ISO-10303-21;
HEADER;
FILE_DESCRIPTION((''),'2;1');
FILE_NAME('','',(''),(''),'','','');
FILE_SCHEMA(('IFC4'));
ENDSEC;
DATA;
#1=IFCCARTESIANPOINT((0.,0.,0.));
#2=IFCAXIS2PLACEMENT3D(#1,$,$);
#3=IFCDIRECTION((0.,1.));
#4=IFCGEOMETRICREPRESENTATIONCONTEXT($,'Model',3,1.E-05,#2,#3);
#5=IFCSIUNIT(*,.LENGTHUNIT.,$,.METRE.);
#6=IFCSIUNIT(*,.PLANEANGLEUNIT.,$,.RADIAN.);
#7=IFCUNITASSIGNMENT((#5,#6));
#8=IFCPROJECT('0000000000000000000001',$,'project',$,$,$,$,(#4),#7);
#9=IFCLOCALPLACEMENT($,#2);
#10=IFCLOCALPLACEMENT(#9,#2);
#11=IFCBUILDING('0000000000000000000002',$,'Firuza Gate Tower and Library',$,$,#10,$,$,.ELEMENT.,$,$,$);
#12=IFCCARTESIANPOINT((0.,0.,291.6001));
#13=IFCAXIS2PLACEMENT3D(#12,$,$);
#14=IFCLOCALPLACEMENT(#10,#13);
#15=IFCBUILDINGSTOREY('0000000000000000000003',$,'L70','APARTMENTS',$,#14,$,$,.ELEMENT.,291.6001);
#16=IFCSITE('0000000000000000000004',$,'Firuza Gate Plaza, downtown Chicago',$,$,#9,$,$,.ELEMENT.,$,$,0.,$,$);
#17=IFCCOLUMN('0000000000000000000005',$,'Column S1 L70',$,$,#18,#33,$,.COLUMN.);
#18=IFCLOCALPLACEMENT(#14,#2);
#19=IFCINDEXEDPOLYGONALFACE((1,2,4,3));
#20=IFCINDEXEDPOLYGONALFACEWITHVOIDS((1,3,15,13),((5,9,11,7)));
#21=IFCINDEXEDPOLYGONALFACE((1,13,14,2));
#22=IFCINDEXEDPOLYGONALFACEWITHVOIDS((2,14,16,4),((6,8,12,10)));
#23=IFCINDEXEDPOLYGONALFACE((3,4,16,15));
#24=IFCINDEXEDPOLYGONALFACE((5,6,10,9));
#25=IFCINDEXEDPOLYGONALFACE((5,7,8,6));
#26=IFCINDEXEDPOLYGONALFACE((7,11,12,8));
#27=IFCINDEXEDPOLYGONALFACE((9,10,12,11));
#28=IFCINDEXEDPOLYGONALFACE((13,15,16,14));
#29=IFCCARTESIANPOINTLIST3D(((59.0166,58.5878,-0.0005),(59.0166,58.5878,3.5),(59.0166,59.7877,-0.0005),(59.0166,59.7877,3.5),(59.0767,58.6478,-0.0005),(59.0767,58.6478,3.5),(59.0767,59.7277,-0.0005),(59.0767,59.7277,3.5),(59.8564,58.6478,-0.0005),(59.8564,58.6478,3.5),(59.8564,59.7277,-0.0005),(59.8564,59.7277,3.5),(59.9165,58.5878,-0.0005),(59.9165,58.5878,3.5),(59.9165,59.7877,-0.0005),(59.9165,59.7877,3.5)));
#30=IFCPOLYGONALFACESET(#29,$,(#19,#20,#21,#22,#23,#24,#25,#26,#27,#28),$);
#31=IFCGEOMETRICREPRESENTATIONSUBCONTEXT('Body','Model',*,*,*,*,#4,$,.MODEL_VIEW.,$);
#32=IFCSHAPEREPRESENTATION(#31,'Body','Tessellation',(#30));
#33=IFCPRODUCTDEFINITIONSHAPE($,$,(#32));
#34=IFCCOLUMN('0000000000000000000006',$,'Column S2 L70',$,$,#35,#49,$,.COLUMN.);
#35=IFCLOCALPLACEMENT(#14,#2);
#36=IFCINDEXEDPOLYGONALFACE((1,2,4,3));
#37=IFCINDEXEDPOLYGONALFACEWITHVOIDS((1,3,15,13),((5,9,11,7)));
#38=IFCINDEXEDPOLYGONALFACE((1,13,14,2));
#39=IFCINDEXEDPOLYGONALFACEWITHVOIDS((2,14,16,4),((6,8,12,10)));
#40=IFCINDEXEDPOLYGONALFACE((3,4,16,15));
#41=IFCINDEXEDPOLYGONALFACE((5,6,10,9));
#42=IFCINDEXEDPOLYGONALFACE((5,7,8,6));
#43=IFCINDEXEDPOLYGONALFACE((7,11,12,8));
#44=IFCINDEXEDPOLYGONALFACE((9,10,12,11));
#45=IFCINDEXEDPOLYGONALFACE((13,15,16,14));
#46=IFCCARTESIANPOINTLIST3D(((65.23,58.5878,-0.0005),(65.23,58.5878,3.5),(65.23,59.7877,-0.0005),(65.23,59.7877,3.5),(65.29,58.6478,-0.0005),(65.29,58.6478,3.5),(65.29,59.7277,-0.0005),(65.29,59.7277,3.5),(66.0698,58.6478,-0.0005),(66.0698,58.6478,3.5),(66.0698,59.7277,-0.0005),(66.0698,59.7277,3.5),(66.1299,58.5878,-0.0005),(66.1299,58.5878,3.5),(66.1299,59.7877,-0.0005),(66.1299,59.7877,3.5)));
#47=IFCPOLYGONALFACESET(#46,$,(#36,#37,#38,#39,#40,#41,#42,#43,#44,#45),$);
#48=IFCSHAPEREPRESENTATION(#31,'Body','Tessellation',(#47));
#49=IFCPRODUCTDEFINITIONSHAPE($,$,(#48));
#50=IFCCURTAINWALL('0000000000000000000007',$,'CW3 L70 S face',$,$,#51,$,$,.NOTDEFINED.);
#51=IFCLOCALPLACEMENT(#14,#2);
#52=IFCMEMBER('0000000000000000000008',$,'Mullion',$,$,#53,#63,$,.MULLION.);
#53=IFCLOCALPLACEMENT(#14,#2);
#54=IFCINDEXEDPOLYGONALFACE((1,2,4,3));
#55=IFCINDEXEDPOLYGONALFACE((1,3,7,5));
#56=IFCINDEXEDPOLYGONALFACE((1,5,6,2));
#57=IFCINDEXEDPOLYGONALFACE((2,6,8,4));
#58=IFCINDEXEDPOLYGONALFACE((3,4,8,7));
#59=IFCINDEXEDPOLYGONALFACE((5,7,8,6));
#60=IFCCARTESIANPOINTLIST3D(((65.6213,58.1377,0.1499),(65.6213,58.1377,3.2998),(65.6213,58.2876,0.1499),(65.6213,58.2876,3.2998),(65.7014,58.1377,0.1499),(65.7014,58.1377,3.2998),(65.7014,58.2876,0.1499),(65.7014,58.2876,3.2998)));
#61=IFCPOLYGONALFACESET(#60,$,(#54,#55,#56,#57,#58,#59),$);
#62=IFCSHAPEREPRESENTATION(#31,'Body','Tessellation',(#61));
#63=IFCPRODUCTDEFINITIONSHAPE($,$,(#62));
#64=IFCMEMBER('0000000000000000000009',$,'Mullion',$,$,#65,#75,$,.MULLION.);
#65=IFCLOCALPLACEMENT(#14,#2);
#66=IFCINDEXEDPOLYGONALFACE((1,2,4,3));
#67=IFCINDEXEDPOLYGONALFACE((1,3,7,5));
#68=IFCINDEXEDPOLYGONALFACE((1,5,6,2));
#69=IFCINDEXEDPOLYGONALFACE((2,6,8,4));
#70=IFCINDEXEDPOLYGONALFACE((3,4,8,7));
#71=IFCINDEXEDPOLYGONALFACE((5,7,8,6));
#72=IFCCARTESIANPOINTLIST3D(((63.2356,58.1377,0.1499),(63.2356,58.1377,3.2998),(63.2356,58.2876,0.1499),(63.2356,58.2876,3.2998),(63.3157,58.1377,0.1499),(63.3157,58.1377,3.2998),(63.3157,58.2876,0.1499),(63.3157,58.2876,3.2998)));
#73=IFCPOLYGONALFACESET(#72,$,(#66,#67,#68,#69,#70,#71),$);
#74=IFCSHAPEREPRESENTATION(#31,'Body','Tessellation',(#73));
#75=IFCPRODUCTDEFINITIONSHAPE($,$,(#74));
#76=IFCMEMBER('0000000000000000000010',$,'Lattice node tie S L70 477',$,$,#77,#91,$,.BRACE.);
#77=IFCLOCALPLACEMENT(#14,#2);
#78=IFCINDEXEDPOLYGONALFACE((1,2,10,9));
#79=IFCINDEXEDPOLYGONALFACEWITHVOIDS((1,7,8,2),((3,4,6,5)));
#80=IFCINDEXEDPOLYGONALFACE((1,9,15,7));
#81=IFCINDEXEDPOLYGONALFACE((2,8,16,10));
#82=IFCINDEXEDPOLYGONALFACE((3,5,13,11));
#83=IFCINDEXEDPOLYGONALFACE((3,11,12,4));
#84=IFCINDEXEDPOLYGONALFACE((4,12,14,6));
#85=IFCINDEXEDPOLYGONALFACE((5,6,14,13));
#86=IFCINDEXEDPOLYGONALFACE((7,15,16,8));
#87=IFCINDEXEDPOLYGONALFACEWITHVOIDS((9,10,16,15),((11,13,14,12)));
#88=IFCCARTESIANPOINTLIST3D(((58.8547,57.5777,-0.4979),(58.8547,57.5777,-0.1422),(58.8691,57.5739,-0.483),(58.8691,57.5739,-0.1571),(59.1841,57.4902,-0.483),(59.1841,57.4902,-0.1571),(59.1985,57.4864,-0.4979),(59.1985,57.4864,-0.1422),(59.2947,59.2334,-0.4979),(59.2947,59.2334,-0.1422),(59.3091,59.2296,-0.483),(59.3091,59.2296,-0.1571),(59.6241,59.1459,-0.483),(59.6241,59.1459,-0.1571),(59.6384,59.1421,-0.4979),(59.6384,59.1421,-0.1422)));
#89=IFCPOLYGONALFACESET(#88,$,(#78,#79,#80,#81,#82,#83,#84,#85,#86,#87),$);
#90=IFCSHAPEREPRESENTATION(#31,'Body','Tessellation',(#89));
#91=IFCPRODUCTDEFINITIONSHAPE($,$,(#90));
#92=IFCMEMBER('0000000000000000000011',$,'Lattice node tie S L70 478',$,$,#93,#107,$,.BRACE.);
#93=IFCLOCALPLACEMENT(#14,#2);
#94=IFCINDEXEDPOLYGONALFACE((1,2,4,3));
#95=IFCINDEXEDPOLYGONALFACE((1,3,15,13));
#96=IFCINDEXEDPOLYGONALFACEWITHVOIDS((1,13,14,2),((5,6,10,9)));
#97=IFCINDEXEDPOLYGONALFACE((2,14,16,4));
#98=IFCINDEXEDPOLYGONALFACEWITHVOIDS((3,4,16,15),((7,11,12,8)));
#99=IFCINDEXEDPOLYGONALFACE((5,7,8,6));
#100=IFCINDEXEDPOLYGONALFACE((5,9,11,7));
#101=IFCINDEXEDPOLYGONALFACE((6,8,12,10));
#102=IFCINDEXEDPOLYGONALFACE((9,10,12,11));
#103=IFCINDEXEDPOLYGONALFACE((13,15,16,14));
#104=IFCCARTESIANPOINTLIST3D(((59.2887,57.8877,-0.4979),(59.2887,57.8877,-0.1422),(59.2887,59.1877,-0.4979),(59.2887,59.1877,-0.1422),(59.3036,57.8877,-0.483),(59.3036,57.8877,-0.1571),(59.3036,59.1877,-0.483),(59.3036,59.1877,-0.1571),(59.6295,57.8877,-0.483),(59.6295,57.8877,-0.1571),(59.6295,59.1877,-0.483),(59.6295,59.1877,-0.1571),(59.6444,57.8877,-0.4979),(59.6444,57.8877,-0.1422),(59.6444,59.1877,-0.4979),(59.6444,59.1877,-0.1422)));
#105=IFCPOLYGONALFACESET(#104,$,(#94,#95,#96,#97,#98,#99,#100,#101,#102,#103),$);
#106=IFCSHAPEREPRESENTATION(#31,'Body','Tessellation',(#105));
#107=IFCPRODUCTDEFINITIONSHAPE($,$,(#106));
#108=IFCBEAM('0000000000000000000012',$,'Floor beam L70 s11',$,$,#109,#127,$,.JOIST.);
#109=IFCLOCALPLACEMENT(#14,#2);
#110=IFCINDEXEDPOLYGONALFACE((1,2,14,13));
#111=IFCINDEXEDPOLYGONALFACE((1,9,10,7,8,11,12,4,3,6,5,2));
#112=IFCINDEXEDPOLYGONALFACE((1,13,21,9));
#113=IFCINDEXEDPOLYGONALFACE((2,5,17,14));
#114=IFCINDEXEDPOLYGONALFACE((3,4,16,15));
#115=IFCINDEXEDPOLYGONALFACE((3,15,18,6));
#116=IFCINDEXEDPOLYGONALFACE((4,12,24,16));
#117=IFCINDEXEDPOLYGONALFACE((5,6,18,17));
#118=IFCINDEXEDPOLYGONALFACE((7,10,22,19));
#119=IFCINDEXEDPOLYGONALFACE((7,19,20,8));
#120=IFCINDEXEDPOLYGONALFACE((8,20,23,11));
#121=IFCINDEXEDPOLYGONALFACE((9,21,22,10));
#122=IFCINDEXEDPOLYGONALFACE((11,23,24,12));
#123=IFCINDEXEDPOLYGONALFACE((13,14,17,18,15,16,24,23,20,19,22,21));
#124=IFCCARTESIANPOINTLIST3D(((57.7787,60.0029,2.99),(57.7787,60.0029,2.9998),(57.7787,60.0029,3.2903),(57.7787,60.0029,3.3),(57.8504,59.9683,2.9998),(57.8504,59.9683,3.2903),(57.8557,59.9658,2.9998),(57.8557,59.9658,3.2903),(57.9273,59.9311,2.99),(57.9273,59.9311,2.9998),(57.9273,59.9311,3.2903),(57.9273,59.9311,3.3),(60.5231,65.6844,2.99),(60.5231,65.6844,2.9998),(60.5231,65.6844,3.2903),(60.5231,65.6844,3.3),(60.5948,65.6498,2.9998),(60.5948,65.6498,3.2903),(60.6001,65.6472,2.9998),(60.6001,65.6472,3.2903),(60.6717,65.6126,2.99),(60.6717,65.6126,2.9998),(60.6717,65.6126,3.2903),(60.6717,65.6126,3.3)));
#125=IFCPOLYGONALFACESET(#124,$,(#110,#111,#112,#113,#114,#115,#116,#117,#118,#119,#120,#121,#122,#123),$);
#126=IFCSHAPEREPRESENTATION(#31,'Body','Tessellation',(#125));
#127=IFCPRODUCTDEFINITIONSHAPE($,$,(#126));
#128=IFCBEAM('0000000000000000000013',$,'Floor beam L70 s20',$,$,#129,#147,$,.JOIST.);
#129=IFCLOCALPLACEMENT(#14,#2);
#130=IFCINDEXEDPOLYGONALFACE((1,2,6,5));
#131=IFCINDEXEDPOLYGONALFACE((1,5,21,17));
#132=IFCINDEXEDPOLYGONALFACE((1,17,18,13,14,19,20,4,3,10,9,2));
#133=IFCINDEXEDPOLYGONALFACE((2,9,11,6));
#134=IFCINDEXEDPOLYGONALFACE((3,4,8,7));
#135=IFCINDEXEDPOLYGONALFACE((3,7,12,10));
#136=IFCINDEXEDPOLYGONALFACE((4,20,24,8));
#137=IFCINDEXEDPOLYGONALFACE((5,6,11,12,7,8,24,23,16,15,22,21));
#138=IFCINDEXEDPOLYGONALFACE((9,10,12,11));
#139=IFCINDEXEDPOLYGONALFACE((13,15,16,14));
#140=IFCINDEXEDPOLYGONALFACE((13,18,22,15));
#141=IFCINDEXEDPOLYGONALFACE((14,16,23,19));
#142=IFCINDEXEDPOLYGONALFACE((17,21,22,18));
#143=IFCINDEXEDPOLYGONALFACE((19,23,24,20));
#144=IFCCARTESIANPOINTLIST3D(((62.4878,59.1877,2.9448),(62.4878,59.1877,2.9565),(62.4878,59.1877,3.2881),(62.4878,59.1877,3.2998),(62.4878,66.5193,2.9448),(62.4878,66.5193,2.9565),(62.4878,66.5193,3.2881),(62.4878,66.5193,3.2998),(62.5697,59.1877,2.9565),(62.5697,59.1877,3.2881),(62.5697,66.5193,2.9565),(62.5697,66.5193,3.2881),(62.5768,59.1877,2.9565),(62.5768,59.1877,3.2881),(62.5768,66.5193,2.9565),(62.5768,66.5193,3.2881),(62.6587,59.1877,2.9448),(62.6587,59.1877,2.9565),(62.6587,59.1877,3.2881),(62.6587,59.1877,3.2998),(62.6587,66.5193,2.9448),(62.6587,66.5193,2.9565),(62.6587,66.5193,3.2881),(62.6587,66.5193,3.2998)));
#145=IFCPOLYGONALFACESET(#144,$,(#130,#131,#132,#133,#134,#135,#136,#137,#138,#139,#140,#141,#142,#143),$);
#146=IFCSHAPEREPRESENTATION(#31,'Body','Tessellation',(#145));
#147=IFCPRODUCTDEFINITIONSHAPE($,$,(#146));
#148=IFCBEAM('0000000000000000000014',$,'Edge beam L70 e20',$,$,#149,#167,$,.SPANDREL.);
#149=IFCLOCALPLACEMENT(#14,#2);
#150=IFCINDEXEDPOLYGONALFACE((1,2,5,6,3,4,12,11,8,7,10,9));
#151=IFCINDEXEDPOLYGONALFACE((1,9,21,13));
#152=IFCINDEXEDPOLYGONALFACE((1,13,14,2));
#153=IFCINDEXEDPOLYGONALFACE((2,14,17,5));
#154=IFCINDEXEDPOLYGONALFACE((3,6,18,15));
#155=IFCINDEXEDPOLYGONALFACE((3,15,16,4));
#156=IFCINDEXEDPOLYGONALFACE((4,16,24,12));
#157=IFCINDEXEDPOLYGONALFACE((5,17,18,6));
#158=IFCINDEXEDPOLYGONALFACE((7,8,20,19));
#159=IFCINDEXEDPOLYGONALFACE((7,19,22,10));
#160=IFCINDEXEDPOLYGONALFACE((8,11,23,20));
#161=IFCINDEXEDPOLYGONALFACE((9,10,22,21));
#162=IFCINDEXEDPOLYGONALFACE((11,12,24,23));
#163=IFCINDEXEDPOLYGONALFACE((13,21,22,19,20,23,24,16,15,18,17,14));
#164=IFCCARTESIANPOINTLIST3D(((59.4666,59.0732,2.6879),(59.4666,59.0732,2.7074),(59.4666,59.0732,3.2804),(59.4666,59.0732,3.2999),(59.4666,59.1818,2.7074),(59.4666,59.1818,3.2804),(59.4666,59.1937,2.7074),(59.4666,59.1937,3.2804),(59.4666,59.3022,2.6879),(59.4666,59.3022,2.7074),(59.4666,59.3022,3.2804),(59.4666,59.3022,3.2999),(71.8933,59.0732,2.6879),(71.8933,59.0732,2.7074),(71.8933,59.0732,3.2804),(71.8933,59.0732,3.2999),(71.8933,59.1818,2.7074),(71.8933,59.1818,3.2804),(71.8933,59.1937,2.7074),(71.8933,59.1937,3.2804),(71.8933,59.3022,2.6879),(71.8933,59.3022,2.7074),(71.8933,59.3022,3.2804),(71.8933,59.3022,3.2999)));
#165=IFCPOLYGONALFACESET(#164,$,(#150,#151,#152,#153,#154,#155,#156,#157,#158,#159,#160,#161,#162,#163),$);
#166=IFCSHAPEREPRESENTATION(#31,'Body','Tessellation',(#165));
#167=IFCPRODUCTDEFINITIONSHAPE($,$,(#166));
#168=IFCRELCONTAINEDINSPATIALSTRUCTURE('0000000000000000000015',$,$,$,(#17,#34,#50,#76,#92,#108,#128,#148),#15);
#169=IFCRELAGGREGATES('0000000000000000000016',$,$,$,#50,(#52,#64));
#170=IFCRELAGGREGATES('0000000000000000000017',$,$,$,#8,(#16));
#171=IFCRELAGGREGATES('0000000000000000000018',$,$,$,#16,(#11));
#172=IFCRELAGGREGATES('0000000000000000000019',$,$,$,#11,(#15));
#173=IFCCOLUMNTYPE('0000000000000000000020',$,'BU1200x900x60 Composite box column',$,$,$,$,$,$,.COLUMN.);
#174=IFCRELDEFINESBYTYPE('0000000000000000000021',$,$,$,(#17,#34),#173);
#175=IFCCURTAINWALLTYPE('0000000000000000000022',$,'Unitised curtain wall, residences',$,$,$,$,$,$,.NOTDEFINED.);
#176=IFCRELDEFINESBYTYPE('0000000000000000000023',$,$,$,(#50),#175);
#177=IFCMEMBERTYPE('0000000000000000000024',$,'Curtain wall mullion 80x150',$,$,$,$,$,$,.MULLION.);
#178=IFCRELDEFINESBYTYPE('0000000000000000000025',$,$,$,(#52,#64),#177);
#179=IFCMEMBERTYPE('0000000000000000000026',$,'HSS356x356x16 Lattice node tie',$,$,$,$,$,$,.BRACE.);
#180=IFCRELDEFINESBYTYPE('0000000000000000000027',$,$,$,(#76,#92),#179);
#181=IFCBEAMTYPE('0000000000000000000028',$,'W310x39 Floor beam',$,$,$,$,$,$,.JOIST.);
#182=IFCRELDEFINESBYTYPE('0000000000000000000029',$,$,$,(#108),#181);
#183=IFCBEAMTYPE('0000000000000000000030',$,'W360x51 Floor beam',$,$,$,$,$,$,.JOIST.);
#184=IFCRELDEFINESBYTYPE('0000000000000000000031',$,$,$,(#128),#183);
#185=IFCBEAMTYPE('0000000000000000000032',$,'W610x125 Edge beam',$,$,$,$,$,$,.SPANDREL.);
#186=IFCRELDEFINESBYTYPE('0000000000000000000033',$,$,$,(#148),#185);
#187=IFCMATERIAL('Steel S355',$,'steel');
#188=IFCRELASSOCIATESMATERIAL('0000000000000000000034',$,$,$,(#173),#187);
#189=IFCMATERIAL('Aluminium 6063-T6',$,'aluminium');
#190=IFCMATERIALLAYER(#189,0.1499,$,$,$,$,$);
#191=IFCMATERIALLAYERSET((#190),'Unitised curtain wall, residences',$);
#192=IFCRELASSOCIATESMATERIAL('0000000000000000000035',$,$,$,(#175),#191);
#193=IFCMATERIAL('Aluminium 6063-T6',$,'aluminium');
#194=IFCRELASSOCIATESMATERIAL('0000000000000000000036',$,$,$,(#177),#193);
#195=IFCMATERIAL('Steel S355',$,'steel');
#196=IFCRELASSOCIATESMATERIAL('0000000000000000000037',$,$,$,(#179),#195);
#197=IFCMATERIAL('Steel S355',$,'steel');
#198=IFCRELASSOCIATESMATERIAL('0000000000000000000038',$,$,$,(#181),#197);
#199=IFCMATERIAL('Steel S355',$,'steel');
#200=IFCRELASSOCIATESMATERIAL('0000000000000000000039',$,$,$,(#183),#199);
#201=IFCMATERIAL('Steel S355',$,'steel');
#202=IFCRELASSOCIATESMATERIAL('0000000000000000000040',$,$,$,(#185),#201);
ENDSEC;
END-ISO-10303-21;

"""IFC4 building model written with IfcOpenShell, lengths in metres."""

from ifc_helpers import new_model, si_unit, direction, frame, origin, origin_2d, place, context, subcontext, project, spatial, rectangle, hollow_rectangle, i_section, extrude, material, layer, layer_set, material_profile, profile_set, type_object, element, aggregate, save


model = new_model("IFC4")

# Units and contexts
model_context = context("Model", 3, precision=1e-05, world=origin(), true_north=direction((0.0, 1.0)))
body_context = subcontext(model_context, "Body", "Model", "MODEL_VIEW")
ifc_project = project(units=[si_unit("LENGTHUNIT", "METRE"), si_unit("PLANEANGLEUNIT", "RADIAN")], contexts=[model_context])

# Site, building, storey
site_placement = place(None, origin())
site = spatial("IfcSite", under=ifc_project, at=site_placement, Name="Firuza Gate Plaza, downtown Chicago", CompositionType="ELEMENT", RefElevation=0.0)
building_placement = place(site_placement, origin())
building = spatial("IfcBuilding", under=site, at=building_placement, Name="Firuza Gate Tower and Library", CompositionType="ELEMENT")
storey_placement = place(building_placement, frame((0.0, 0.0, 291.6001)))
storey = spatial("IfcBuildingStorey", under=building, at=storey_placement, Name="L70", Description="APARTMENTS", CompositionType="ELEMENT", Elevation=291.6001)

# Columns
ifc_material_1 = material(Name="Steel S355", Category="steel")
ifc_material_profile_1 = material_profile(ifc_material_1, hollow_rectangle(XDim=0.8999, YDim=1.2, WallThickness=0.0601, at=origin_2d()))
ifc_profile_set_1 = profile_set([ifc_material_profile_1], Name="Steel S355")
column_type = type_object("IfcColumnType", Name="BU1200x900x60 Composite box column", PredefinedType="COLUMN", material=ifc_profile_set_1)
for number, where, z_axis, x_axis, name in (
    (1, (59.4666, 59.1877, -0.0005), (0.0, 0.0, 1.0), (1.0, 0.0, 0.0), "Column S1 L70"),
    (2, (65.6799, 59.1877, -0.0005), (0.0, 0.0, 1.0), (1.0, 0.0, 0.0), "Column S2 L70"),
):
    element("IfcColumn", number, at=place(storey_placement, frame(where, z_axis=z_axis, x_axis=x_axis)), inside=storey, type_object=column_type, Name=name, PredefinedType="COLUMN", context=body_context, shape_type="SweptSolid", body=[
        extrude(hollow_rectangle(XDim=0.8999, YDim=1.2, WallThickness=0.0601, at=origin_2d()), origin(), (0.0, 0.0, 1.0), 3.5005),
    ])

# Curtain wall, members
ifc_material_2 = material(Name="Aluminium 6063-T6", Category="aluminium")
ifc_layer = layer(ifc_material_2, 0.1499)
ifc_layer_set = layer_set([ifc_layer], Name="Unitised curtain wall, residences")
curtain_wall_type = type_object("IfcCurtainWallType", Name="Unitised curtain wall, residences", PredefinedType="NOTDEFINED", material=ifc_layer_set)
curtain_wall_placement = place(storey_placement, origin())
curtain_wall = element("IfcCurtainWall", 3, at=curtain_wall_placement, inside=storey, type_object=curtain_wall_type, Name="CW3 L70 S face", PredefinedType="NOTDEFINED")
ifc_material_3 = material(Name="Aluminium 6063-T6", Category="aluminium")
ifc_material_profile_2 = material_profile(ifc_material_3, rectangle(XDim=0.1499, YDim=0.0801, at=origin_2d()))
ifc_profile_set_2 = profile_set([ifc_material_profile_2], Name="Aluminium 6063-T6")
member_type_1 = type_object("IfcMemberType", Name="Curtain wall mullion 80x150", PredefinedType="MULLION", material=ifc_profile_set_2)
member_1_placement = place(storey_placement, frame((65.6614, 58.2126, 0.1499), z_axis=(0.0, 0.0, 1.0), x_axis=(0.0, 1.0, 0.0)))
member_1 = element("IfcMember", 4, at=member_1_placement, type_object=member_type_1, Name="Mullion", PredefinedType="MULLION", context=body_context, shape_type="SweptSolid", body=[
    extrude(rectangle(XDim=0.1499, YDim=0.0801, at=origin_2d()), origin(), (0.0, 0.0, 1.0), 3.1499),
])
member_2_placement = place(storey_placement, frame((63.2756, 58.2126, 0.1499), z_axis=(0.0, 0.0, 1.0), x_axis=(0.0, 1.0, 0.0)))
member_2 = element("IfcMember", 5, at=member_2_placement, type_object=member_type_1, Name="Mullion", PredefinedType="MULLION", context=body_context, shape_type="SweptSolid", body=[
    extrude(rectangle(XDim=0.1499, YDim=0.0801, at=origin_2d()), origin(), (0.0, 0.0, 1.0), 3.1499),
])
aggregate(curtain_wall, [member_1, member_2])

# Members
ifc_material_4 = material(Name="Steel S355", Category="steel")
ifc_material_profile_3 = material_profile(ifc_material_4, hollow_rectangle(XDim=0.3557, YDim=0.3557, WallThickness=0.0149, at=origin_2d()))
ifc_profile_set_3 = profile_set([ifc_material_profile_3], Name="Steel S355")
member_type_2 = type_object("IfcMemberType", Name="HSS356x356x16 Lattice node tie", PredefinedType="BRACE", material=ifc_profile_set_3)
member_3_placement = place(storey_placement, frame((59.4666, 59.1877, -0.3201), z_axis=(-0.256793, -0.966466, 0.0), x_axis=(0.966466, -0.256793, 0.0)))
element("IfcMember", 6, at=member_3_placement, inside=storey, type_object=member_type_2, Name="Lattice node tie S L70 477", PredefinedType="BRACE", context=body_context, shape_type="SweptSolid", body=[
    extrude(hollow_rectangle(XDim=0.3557, YDim=0.3557, WallThickness=0.0149, at=origin_2d()), origin(), (0.0, 0.0, 1.0), 1.7131),
])
member_4_placement = place(storey_placement, frame((59.4666, 59.1877, -0.3201), z_axis=(0.0, -1.0, 0.0), x_axis=(1.0, 0.0, 0.0)))
element("IfcMember", 7, at=member_4_placement, inside=storey, type_object=member_type_2, Name="Lattice node tie S L70 478", PredefinedType="BRACE", context=body_context, shape_type="SweptSolid", body=[
    extrude(hollow_rectangle(XDim=0.3557, YDim=0.3557, WallThickness=0.0149, at=origin_2d()), origin(), (0.0, 0.0, 1.0), 1.3),
])

# Beams
ifc_material_5 = material(Name="Steel S355", Category="steel")
ifc_material_profile_4 = material_profile(ifc_material_5, i_section(OverallWidth=0.165, OverallDepth=0.3101, WebThickness=0.0059, FlangeThickness=0.0098, at=origin_2d()))
ifc_profile_set_4 = profile_set([ifc_material_profile_4], Name="Steel S355")
beam_type_1 = type_object("IfcBeamType", Name="W310x39 Floor beam", PredefinedType="JOIST", material=ifc_profile_set_4)
beam_1_placement = place(storey_placement, frame((57.853, 59.967, 3.145), z_axis=(0.43496, 0.90045, 0.0), x_axis=(-0.90045, 0.43496, 0.0)))
element("IfcBeam", 8, at=beam_1_placement, inside=storey, type_object=beam_type_1, Name="Floor beam L70 s11", PredefinedType="JOIST", context=body_context, shape_type="SweptSolid", body=[
    extrude(i_section(OverallWidth=0.165, OverallDepth=0.3101, WebThickness=0.0059, FlangeThickness=0.0098, at=origin_2d()), origin(), (0.0, 0.0, 1.0), 6.3096),
])
ifc_material_6 = material(Name="Steel S355", Category="steel")
ifc_material_profile_5 = material_profile(ifc_material_6, i_section(OverallWidth=0.1709, OverallDepth=0.355, WebThickness=0.0071, FlangeThickness=0.0117, at=origin_2d()))
ifc_profile_set_5 = profile_set([ifc_material_profile_5], Name="Steel S355")
beam_type_2 = type_object("IfcBeamType", Name="W360x51 Floor beam", PredefinedType="JOIST", material=ifc_profile_set_5)
beam_2_placement = place(storey_placement, frame((62.5732, 59.1877, 3.1223), z_axis=(0.0, 1.0, 0.0), x_axis=(-1.0, 0.0, 0.0)))
element("IfcBeam", 9, at=beam_2_placement, inside=storey, type_object=beam_type_2, Name="Floor beam L70 s20", PredefinedType="JOIST", context=body_context, shape_type="SweptSolid", body=[
    extrude(i_section(OverallWidth=0.1709, OverallDepth=0.355, WebThickness=0.0071, FlangeThickness=0.0117, at=origin_2d()), origin(), (0.0, 0.0, 1.0), 7.3315),
])
ifc_material_7 = material(Name="Steel S355", Category="steel")
ifc_material_profile_6 = material_profile(ifc_material_7, i_section(OverallWidth=0.229, OverallDepth=0.6121, WebThickness=0.012, FlangeThickness=0.0195, at=origin_2d()))
ifc_profile_set_6 = profile_set([ifc_material_profile_6], Name="Steel S355")
beam_type_3 = type_object("IfcBeamType", Name="W610x125 Edge beam", PredefinedType="SPANDREL", material=ifc_profile_set_6)
beam_3_placement = place(storey_placement, frame((59.4666, 59.1877, 2.9939), z_axis=(1.0, 0.0, 0.0), x_axis=(0.0, 1.0, 0.0)))
element("IfcBeam", 10, at=beam_3_placement, inside=storey, type_object=beam_type_3, Name="Edge beam L70 e20", PredefinedType="SPANDREL", context=body_context, shape_type="SweptSolid", body=[
    extrude(i_section(OverallWidth=0.229, OverallDepth=0.6121, WebThickness=0.012, FlangeThickness=0.0195, at=origin_2d()), origin(), (0.0, 0.0, 1.0), 12.4268),
])

save(model, "model.ifc")
